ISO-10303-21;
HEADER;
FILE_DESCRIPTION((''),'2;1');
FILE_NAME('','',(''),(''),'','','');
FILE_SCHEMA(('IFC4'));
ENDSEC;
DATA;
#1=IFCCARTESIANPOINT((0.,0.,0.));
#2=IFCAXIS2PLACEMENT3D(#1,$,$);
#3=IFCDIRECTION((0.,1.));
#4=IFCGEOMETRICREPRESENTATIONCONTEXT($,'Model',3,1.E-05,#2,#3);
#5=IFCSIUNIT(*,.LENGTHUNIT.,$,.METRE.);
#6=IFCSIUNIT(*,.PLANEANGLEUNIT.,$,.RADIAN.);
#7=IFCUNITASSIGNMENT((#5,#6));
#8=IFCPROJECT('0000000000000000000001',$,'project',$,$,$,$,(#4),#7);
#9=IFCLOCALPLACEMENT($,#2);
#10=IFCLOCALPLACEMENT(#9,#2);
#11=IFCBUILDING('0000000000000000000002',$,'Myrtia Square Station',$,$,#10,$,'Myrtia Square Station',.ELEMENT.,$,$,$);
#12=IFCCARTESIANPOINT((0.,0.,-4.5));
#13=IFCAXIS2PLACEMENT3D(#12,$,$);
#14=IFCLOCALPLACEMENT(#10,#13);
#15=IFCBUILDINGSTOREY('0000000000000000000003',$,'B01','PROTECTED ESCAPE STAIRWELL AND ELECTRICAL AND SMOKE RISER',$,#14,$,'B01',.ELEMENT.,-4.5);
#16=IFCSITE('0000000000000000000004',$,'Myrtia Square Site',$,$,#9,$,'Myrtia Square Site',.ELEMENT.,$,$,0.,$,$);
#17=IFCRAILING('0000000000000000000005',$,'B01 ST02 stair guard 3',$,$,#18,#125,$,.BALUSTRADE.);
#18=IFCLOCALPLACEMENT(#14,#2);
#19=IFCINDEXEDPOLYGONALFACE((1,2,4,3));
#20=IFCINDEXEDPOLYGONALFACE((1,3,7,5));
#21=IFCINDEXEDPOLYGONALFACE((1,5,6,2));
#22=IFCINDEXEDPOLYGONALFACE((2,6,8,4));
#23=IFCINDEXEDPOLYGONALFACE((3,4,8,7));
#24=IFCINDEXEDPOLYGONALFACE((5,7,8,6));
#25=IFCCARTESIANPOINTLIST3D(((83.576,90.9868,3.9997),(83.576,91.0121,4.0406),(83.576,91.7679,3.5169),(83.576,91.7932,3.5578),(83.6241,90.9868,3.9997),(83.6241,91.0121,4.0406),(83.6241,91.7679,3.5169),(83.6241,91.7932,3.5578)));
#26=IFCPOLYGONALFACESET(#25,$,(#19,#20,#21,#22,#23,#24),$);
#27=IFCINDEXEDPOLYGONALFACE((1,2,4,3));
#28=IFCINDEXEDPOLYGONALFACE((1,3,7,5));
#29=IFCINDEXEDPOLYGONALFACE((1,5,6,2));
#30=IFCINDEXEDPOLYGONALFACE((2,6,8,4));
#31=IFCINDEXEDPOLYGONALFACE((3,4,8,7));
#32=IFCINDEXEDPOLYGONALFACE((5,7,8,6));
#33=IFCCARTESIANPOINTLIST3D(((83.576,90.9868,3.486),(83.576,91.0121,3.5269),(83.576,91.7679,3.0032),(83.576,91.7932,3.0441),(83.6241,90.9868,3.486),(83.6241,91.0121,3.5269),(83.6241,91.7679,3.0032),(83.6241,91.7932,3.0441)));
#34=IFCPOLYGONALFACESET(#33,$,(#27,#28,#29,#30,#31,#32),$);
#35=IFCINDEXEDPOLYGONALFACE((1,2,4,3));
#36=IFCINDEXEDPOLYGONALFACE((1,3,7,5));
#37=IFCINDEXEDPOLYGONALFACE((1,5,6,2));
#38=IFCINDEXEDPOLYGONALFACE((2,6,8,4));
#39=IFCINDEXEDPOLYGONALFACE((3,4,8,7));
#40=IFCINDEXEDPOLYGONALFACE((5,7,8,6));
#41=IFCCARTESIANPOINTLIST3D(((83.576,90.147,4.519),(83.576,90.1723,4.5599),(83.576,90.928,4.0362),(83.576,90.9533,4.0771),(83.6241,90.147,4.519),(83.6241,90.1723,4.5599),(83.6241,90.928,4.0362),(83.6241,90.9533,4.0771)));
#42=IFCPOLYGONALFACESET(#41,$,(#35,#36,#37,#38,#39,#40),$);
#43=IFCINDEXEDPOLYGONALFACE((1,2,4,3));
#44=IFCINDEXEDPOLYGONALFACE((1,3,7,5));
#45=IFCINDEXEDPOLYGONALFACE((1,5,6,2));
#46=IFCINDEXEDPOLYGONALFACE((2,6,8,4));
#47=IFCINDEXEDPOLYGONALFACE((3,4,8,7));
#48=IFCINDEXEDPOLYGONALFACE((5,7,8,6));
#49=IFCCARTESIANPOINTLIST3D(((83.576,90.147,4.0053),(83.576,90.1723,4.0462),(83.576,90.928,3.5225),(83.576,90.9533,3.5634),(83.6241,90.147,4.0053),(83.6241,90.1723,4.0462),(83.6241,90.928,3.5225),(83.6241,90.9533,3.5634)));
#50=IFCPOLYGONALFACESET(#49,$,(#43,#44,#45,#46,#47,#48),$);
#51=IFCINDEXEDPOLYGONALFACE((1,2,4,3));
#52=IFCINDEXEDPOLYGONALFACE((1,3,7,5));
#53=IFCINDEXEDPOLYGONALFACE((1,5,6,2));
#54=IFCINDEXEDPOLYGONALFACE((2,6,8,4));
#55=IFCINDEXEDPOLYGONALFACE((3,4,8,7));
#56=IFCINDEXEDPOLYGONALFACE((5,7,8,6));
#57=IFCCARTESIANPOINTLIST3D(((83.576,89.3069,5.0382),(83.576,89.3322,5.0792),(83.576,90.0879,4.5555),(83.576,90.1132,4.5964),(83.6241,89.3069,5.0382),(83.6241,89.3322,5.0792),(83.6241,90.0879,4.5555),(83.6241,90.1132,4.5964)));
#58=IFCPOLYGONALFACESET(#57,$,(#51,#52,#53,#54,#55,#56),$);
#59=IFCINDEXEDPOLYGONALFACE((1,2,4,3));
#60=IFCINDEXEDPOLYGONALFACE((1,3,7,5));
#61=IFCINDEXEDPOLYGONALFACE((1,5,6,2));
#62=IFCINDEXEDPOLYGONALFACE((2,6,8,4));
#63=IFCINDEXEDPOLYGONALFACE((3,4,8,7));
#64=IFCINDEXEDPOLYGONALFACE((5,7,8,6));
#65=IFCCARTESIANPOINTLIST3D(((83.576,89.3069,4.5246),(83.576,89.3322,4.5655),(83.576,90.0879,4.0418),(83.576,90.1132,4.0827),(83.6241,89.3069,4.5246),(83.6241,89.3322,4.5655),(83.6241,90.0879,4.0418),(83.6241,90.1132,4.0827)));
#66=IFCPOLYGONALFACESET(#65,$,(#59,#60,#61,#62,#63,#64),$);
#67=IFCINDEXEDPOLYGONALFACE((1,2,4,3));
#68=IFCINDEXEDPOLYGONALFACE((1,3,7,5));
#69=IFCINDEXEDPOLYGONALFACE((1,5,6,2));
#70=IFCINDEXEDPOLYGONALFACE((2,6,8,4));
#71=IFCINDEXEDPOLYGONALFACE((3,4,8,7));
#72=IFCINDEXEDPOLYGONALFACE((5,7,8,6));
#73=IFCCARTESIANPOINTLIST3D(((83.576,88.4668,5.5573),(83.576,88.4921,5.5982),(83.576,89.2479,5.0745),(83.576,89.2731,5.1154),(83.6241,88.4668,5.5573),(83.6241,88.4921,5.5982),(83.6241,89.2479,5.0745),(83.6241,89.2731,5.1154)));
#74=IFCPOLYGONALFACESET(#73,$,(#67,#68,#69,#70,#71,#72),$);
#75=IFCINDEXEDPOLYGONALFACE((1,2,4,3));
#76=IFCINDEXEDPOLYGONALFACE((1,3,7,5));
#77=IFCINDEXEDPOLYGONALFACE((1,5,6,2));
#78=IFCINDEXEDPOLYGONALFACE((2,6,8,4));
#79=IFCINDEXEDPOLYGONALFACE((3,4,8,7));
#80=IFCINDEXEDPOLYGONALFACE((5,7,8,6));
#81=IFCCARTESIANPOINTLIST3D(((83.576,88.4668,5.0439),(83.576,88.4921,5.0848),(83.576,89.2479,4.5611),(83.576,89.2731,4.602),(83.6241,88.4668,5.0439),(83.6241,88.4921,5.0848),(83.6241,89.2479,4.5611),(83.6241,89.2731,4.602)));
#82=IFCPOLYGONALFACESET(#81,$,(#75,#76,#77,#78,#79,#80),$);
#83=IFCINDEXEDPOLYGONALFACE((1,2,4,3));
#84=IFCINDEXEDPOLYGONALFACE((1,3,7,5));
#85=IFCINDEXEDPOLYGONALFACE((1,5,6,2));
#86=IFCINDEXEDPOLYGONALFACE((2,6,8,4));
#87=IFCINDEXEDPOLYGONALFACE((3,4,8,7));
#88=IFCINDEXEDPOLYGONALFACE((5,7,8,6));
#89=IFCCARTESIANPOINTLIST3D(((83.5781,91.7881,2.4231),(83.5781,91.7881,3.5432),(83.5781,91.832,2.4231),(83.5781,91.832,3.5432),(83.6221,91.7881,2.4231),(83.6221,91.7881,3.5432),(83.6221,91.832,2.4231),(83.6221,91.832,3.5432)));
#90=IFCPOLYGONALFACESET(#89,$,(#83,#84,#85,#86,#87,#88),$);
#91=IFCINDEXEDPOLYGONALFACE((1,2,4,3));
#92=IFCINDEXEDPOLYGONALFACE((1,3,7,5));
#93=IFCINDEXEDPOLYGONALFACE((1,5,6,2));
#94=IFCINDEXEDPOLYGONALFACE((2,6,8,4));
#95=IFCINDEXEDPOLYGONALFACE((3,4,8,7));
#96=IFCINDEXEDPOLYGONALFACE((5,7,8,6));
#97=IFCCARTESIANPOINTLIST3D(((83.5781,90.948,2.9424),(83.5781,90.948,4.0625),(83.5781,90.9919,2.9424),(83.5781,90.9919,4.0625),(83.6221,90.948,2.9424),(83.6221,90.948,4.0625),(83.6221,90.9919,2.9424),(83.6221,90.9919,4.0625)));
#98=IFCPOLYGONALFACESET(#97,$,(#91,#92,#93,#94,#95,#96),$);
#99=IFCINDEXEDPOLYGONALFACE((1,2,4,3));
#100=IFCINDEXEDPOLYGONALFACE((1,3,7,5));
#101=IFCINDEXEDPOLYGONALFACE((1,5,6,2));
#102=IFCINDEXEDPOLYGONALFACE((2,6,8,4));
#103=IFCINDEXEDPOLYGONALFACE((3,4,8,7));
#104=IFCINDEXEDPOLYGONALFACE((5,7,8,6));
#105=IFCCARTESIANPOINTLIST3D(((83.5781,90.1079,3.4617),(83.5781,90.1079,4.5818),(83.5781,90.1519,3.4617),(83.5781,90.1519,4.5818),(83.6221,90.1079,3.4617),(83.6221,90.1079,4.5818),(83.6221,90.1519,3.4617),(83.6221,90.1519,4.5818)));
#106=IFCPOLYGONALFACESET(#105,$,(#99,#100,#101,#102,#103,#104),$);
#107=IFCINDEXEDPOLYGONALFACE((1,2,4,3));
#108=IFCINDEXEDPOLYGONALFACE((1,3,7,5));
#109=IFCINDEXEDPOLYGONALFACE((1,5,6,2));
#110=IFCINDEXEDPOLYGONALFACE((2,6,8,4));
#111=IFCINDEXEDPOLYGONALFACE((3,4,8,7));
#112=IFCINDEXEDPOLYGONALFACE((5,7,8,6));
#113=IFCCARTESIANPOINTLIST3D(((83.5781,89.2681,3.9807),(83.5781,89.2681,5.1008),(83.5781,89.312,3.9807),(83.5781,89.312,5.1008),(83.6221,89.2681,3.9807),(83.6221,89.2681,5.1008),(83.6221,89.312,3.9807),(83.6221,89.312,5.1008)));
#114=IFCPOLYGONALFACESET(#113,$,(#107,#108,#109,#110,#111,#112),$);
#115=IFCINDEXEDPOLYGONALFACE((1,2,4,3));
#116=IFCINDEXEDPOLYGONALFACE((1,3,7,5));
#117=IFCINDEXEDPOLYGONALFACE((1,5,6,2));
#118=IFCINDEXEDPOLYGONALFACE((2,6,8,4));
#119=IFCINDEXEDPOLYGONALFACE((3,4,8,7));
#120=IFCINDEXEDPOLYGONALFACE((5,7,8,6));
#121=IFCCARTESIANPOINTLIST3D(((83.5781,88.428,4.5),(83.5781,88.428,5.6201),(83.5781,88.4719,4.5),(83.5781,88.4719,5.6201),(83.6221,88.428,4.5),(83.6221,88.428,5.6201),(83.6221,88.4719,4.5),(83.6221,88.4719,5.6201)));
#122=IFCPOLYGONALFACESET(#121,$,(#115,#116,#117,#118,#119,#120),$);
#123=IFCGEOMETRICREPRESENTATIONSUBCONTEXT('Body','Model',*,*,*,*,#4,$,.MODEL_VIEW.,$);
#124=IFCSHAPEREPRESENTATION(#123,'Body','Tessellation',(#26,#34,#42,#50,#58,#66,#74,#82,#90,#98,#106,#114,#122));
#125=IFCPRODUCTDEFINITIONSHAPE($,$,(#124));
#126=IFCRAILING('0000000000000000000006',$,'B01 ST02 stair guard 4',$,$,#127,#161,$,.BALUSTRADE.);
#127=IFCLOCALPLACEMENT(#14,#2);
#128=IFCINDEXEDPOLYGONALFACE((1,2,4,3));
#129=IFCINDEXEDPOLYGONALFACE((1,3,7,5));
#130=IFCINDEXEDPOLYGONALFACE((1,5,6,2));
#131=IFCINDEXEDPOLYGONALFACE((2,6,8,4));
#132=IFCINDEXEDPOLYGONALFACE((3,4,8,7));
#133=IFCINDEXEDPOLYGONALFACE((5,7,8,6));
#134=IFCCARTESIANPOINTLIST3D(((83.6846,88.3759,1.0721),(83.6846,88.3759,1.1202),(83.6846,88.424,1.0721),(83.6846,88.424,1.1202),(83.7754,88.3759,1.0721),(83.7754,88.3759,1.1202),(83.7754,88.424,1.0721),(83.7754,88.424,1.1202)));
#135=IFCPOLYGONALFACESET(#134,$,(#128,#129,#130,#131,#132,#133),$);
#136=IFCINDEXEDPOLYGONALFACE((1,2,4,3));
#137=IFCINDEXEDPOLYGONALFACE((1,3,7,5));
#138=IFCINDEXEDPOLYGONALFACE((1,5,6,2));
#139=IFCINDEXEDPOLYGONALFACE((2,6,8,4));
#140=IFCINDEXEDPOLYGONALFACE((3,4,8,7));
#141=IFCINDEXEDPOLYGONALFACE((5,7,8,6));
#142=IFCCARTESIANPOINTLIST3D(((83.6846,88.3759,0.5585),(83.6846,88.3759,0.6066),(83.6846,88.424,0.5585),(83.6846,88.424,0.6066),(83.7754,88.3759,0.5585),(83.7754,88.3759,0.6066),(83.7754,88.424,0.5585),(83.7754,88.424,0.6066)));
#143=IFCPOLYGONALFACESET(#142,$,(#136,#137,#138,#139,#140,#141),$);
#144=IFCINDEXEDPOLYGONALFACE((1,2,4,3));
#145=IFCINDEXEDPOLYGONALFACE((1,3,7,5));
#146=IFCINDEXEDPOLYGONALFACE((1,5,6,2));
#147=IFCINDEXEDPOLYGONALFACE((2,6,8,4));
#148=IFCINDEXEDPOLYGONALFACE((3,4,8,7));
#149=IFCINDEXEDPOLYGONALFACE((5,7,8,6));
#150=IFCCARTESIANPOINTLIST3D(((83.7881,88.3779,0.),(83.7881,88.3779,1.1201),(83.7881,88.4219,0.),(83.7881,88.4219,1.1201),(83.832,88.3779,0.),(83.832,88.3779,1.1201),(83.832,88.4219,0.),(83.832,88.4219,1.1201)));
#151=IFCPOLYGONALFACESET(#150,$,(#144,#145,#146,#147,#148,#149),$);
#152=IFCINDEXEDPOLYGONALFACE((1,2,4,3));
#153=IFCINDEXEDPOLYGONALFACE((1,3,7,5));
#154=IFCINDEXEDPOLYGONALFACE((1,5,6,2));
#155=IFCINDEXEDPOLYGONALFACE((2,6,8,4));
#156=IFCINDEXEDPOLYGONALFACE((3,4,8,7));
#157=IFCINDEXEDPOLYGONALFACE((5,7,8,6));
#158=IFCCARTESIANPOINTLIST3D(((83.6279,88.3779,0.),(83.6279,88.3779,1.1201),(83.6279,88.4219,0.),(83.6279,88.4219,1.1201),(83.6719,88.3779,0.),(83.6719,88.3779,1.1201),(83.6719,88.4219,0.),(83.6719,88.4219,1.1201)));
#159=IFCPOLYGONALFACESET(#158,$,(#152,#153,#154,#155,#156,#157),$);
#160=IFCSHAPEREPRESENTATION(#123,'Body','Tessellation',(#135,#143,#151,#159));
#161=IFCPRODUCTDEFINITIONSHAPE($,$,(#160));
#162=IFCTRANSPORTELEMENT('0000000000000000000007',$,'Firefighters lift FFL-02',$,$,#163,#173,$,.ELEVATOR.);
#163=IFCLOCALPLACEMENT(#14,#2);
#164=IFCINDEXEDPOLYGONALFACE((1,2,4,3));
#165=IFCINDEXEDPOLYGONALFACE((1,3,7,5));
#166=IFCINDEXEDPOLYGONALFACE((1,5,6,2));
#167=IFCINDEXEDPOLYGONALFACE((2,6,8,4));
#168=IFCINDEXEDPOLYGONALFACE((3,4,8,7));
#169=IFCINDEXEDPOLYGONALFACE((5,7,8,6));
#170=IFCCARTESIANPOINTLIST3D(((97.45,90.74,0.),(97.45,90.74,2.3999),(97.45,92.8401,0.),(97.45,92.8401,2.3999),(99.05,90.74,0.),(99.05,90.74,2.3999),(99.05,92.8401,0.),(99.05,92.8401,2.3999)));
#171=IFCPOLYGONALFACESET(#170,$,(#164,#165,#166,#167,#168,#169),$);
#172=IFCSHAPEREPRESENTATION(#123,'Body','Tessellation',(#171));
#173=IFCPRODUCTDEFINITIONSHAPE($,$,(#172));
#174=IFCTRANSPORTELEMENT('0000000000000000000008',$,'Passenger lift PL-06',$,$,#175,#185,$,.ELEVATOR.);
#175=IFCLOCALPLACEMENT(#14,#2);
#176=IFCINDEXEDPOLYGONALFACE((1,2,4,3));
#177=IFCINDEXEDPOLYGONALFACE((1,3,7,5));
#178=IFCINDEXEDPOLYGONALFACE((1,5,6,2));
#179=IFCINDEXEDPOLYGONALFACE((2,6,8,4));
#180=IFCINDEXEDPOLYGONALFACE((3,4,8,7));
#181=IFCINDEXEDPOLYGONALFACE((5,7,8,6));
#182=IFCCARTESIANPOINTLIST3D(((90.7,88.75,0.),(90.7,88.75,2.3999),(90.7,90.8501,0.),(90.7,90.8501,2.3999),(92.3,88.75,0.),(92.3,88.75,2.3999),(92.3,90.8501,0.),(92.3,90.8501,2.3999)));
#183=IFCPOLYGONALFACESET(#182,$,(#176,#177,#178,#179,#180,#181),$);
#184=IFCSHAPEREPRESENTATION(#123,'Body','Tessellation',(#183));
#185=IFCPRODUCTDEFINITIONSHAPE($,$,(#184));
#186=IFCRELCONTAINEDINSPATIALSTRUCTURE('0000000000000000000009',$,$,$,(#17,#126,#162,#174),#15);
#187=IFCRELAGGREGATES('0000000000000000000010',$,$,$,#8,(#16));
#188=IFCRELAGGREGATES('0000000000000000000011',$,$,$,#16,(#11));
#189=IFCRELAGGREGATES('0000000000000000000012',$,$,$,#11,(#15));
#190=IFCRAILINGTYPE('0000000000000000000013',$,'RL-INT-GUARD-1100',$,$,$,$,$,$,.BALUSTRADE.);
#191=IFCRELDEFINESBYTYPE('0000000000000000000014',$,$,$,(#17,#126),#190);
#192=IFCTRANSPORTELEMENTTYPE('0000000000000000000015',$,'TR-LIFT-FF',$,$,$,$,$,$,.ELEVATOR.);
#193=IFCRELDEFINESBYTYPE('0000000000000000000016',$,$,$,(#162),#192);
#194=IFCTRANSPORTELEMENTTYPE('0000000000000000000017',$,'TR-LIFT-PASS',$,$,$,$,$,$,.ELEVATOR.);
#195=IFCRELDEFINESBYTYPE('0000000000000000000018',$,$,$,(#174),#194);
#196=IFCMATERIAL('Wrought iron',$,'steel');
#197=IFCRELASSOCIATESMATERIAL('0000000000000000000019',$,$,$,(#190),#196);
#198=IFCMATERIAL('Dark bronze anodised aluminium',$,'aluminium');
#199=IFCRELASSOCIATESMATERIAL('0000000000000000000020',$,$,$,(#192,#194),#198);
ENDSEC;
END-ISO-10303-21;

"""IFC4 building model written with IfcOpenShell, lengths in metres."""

from ifc_helpers import new_model, si_unit, direction, frame, origin, origin_2d, place, context, subcontext, project, spatial, rectangle, extrude, material, type_object, element, save


model = new_model("IFC4")

# Units and contexts
model_context = context("Model", 3, precision=1e-05, world=origin(), true_north=direction((0.0, 1.0)))
body_context = subcontext(model_context, "Body", "Model", "MODEL_VIEW")
ifc_project = project(units=[si_unit("LENGTHUNIT", "METRE"), si_unit("PLANEANGLEUNIT", "RADIAN")], contexts=[model_context])

# Site, building, storey
site_placement = place(None, origin())
site = spatial("IfcSite", under=ifc_project, at=site_placement, Name="Myrtia Square Site", LongName="Myrtia Square Site", CompositionType="ELEMENT", RefElevation=0.0)
building_placement = place(site_placement, origin())
building = spatial("IfcBuilding", under=site, at=building_placement, Name="Myrtia Square Station", LongName="Myrtia Square Station", CompositionType="ELEMENT")
storey_placement = place(building_placement, frame((0.0, 0.0, -4.5)))
storey = spatial("IfcBuildingStorey", under=building, at=storey_placement, Name="B01", Description="PROTECTED ESCAPE STAIRWELL AND ELECTRICAL AND SMOKE RISER", LongName="B01", CompositionType="ELEMENT", Elevation=-4.5)

# Shared definitions
ifc_material_1 = material(Name="Dark bronze anodised aluminium", Category="aluminium")

# Railings
ifc_material_2 = material(Name="Wrought iron", Category="steel")
railing_type_1 = type_object("IfcRailingType", Name="RL-INT-GUARD-1100", PredefinedType="BALUSTRADE", material=ifc_material_2)
railing_1_placement = place(storey_placement, frame((83.6001, 91.8101, 2.4231)))
element("IfcRailing", 1, at=railing_1_placement, inside=storey, type_object=railing_type_1, Name="B01 ST02 stair guard 3", PredefinedType="BALUSTRADE", context=body_context, shape_type="SweptSolid", body=[
    extrude(rectangle(XDim=0.0481, YDim=0.0481, at=origin_2d()), frame((0.0, -0.0295, 1.1143), z_axis=(0.0, -0.850623, 0.525776), x_axis=(1.0, 0.0, 0.0)), (0.0, 0.0, 1.0), 0.9182),
    extrude(rectangle(XDim=0.0481, YDim=0.0481, at=origin_2d()), frame((0.0, -0.0295, 0.6006), z_axis=(0.0, -0.850623, 0.525776), x_axis=(1.0, 0.0, 0.0)), (0.0, 0.0, 1.0), 0.9182),
    extrude(rectangle(XDim=0.0481, YDim=0.0481, at=origin_2d()), frame((0.0, -0.8694, 1.6335), z_axis=(0.0, -0.850623, 0.525776), x_axis=(1.0, 0.0, 0.0)), (0.0, 0.0, 1.0), 0.9182),
    extrude(rectangle(XDim=0.0481, YDim=0.0481, at=origin_2d()), frame((0.0, -0.8694, 1.1199), z_axis=(0.0, -0.850623, 0.525776), x_axis=(1.0, 0.0, 0.0)), (0.0, 0.0, 1.0), 0.9182),
    extrude(rectangle(XDim=0.0481, YDim=0.0481, at=origin_2d()), frame((0.0, -1.7095, 2.1528), z_axis=(0.0, -0.850623, 0.525776), x_axis=(1.0, 0.0, 0.0)), (0.0, 0.0, 1.0), 0.9182),
    extrude(rectangle(XDim=0.0481, YDim=0.0481, at=origin_2d()), frame((0.0, -1.7095, 1.6392), z_axis=(0.0, -0.850623, 0.525776), x_axis=(1.0, 0.0, 0.0)), (0.0, 0.0, 1.0), 0.9182),
    extrude(rectangle(XDim=0.0481, YDim=0.0481, at=origin_2d()), frame((0.0, -2.5496, 2.6719), z_axis=(0.0, -0.850623, 0.525776), x_axis=(1.0, 0.0, 0.0)), (0.0, 0.0, 1.0), 0.9182),
    extrude(rectangle(XDim=0.0481, YDim=0.0481, at=origin_2d()), frame((0.0, -2.5496, 2.1584), z_axis=(0.0, -0.850623, 0.525776), x_axis=(1.0, 0.0, 0.0)), (0.0, 0.0, 1.0), 0.9182),
    extrude(rectangle(XDim=0.0439, YDim=0.0439, at=origin_2d()), origin(), (0.0, 0.0, 1.0), 1.1201),
    extrude(rectangle(XDim=0.0439, YDim=0.0439, at=origin_2d()), frame((0.0, -0.8401, 0.5193)), (0.0, 0.0, 1.0), 1.1201),
    extrude(rectangle(XDim=0.0439, YDim=0.0439, at=origin_2d()), frame((0.0, -1.6802, 1.0386)), (0.0, 0.0, 1.0), 1.1201),
    extrude(rectangle(XDim=0.0439, YDim=0.0439, at=origin_2d()), frame((0.0, -2.52, 1.5576)), (0.0, 0.0, 1.0), 1.1201),
    extrude(rectangle(XDim=0.0439, YDim=0.0439, at=origin_2d()), frame((0.0, -3.3601, 2.0769)), (0.0, 0.0, 1.0), 1.1201),
])
railing_2_placement = place(storey_placement, frame((83.8101, 88.3999, 0.0)))
element("IfcRailing", 2, at=railing_2_placement, inside=storey, type_object=railing_type_1, Name="B01 ST02 stair guard 4", PredefinedType="BALUSTRADE", context=body_context, shape_type="SweptSolid", body=[
    extrude(rectangle(XDim=0.0481, YDim=0.0481, at=origin_2d()), frame((-0.0347, 0.0, 1.0962), z_axis=(-1.0, 0.0, 0.0), x_axis=(0.0, -1.0, 0.0)), (0.0, 0.0, 1.0), 0.0908),
    extrude(rectangle(XDim=0.0481, YDim=0.0481, at=origin_2d()), frame((-0.0347, 0.0, 0.5825), z_axis=(-1.0, 0.0, 0.0), x_axis=(0.0, -1.0, 0.0)), (0.0, 0.0, 1.0), 0.0908),
    extrude(rectangle(XDim=0.0439, YDim=0.0439, at=origin_2d()), origin(), (0.0, 0.0, 1.0), 1.1201),
    extrude(rectangle(XDim=0.0439, YDim=0.0439, at=origin_2d()), frame((-0.1602, 0.0, 0.0)), (0.0, 0.0, 1.0), 1.1201),
])

# Transport elements
transport_element_type_1 = type_object("IfcTransportElementType", Name="TR-LIFT-FF", PredefinedType="ELEVATOR", material=ifc_material_1)
transport_element_1_placement = place(storey_placement, frame((98.25, 91.79, 0.0), z_axis=(0.0, 0.0, 1.0), x_axis=(1.0, 0.0, 0.0)))
element("IfcTransportElement", 3, at=transport_element_1_placement, inside=storey, type_object=transport_element_type_1, Name="Firefighters lift FFL-02", PredefinedType="ELEVATOR", context=body_context, shape_type="SweptSolid", body=[
    extrude(rectangle(XDim=1.6001, YDim=2.1001, at=origin_2d()), origin(), (0.0, 0.0, 1.0), 2.3999),
])
transport_element_type_2 = type_object("IfcTransportElementType", Name="TR-LIFT-PASS", PredefinedType="ELEVATOR", material=ifc_material_1)
transport_element_2_placement = place(storey_placement, frame((91.5, 89.8, 0.0), z_axis=(0.0, 0.0, 1.0), x_axis=(1.0, 0.0, 0.0)))
element("IfcTransportElement", 4, at=transport_element_2_placement, inside=storey, type_object=transport_element_type_2, Name="Passenger lift PL-06", PredefinedType="ELEVATOR", context=body_context, shape_type="SweptSolid", body=[
    extrude(rectangle(XDim=1.6001, YDim=2.1001, at=origin_2d()), origin(), (0.0, 0.0, 1.0), 2.3999),
])

save(model, "model.ifc")
